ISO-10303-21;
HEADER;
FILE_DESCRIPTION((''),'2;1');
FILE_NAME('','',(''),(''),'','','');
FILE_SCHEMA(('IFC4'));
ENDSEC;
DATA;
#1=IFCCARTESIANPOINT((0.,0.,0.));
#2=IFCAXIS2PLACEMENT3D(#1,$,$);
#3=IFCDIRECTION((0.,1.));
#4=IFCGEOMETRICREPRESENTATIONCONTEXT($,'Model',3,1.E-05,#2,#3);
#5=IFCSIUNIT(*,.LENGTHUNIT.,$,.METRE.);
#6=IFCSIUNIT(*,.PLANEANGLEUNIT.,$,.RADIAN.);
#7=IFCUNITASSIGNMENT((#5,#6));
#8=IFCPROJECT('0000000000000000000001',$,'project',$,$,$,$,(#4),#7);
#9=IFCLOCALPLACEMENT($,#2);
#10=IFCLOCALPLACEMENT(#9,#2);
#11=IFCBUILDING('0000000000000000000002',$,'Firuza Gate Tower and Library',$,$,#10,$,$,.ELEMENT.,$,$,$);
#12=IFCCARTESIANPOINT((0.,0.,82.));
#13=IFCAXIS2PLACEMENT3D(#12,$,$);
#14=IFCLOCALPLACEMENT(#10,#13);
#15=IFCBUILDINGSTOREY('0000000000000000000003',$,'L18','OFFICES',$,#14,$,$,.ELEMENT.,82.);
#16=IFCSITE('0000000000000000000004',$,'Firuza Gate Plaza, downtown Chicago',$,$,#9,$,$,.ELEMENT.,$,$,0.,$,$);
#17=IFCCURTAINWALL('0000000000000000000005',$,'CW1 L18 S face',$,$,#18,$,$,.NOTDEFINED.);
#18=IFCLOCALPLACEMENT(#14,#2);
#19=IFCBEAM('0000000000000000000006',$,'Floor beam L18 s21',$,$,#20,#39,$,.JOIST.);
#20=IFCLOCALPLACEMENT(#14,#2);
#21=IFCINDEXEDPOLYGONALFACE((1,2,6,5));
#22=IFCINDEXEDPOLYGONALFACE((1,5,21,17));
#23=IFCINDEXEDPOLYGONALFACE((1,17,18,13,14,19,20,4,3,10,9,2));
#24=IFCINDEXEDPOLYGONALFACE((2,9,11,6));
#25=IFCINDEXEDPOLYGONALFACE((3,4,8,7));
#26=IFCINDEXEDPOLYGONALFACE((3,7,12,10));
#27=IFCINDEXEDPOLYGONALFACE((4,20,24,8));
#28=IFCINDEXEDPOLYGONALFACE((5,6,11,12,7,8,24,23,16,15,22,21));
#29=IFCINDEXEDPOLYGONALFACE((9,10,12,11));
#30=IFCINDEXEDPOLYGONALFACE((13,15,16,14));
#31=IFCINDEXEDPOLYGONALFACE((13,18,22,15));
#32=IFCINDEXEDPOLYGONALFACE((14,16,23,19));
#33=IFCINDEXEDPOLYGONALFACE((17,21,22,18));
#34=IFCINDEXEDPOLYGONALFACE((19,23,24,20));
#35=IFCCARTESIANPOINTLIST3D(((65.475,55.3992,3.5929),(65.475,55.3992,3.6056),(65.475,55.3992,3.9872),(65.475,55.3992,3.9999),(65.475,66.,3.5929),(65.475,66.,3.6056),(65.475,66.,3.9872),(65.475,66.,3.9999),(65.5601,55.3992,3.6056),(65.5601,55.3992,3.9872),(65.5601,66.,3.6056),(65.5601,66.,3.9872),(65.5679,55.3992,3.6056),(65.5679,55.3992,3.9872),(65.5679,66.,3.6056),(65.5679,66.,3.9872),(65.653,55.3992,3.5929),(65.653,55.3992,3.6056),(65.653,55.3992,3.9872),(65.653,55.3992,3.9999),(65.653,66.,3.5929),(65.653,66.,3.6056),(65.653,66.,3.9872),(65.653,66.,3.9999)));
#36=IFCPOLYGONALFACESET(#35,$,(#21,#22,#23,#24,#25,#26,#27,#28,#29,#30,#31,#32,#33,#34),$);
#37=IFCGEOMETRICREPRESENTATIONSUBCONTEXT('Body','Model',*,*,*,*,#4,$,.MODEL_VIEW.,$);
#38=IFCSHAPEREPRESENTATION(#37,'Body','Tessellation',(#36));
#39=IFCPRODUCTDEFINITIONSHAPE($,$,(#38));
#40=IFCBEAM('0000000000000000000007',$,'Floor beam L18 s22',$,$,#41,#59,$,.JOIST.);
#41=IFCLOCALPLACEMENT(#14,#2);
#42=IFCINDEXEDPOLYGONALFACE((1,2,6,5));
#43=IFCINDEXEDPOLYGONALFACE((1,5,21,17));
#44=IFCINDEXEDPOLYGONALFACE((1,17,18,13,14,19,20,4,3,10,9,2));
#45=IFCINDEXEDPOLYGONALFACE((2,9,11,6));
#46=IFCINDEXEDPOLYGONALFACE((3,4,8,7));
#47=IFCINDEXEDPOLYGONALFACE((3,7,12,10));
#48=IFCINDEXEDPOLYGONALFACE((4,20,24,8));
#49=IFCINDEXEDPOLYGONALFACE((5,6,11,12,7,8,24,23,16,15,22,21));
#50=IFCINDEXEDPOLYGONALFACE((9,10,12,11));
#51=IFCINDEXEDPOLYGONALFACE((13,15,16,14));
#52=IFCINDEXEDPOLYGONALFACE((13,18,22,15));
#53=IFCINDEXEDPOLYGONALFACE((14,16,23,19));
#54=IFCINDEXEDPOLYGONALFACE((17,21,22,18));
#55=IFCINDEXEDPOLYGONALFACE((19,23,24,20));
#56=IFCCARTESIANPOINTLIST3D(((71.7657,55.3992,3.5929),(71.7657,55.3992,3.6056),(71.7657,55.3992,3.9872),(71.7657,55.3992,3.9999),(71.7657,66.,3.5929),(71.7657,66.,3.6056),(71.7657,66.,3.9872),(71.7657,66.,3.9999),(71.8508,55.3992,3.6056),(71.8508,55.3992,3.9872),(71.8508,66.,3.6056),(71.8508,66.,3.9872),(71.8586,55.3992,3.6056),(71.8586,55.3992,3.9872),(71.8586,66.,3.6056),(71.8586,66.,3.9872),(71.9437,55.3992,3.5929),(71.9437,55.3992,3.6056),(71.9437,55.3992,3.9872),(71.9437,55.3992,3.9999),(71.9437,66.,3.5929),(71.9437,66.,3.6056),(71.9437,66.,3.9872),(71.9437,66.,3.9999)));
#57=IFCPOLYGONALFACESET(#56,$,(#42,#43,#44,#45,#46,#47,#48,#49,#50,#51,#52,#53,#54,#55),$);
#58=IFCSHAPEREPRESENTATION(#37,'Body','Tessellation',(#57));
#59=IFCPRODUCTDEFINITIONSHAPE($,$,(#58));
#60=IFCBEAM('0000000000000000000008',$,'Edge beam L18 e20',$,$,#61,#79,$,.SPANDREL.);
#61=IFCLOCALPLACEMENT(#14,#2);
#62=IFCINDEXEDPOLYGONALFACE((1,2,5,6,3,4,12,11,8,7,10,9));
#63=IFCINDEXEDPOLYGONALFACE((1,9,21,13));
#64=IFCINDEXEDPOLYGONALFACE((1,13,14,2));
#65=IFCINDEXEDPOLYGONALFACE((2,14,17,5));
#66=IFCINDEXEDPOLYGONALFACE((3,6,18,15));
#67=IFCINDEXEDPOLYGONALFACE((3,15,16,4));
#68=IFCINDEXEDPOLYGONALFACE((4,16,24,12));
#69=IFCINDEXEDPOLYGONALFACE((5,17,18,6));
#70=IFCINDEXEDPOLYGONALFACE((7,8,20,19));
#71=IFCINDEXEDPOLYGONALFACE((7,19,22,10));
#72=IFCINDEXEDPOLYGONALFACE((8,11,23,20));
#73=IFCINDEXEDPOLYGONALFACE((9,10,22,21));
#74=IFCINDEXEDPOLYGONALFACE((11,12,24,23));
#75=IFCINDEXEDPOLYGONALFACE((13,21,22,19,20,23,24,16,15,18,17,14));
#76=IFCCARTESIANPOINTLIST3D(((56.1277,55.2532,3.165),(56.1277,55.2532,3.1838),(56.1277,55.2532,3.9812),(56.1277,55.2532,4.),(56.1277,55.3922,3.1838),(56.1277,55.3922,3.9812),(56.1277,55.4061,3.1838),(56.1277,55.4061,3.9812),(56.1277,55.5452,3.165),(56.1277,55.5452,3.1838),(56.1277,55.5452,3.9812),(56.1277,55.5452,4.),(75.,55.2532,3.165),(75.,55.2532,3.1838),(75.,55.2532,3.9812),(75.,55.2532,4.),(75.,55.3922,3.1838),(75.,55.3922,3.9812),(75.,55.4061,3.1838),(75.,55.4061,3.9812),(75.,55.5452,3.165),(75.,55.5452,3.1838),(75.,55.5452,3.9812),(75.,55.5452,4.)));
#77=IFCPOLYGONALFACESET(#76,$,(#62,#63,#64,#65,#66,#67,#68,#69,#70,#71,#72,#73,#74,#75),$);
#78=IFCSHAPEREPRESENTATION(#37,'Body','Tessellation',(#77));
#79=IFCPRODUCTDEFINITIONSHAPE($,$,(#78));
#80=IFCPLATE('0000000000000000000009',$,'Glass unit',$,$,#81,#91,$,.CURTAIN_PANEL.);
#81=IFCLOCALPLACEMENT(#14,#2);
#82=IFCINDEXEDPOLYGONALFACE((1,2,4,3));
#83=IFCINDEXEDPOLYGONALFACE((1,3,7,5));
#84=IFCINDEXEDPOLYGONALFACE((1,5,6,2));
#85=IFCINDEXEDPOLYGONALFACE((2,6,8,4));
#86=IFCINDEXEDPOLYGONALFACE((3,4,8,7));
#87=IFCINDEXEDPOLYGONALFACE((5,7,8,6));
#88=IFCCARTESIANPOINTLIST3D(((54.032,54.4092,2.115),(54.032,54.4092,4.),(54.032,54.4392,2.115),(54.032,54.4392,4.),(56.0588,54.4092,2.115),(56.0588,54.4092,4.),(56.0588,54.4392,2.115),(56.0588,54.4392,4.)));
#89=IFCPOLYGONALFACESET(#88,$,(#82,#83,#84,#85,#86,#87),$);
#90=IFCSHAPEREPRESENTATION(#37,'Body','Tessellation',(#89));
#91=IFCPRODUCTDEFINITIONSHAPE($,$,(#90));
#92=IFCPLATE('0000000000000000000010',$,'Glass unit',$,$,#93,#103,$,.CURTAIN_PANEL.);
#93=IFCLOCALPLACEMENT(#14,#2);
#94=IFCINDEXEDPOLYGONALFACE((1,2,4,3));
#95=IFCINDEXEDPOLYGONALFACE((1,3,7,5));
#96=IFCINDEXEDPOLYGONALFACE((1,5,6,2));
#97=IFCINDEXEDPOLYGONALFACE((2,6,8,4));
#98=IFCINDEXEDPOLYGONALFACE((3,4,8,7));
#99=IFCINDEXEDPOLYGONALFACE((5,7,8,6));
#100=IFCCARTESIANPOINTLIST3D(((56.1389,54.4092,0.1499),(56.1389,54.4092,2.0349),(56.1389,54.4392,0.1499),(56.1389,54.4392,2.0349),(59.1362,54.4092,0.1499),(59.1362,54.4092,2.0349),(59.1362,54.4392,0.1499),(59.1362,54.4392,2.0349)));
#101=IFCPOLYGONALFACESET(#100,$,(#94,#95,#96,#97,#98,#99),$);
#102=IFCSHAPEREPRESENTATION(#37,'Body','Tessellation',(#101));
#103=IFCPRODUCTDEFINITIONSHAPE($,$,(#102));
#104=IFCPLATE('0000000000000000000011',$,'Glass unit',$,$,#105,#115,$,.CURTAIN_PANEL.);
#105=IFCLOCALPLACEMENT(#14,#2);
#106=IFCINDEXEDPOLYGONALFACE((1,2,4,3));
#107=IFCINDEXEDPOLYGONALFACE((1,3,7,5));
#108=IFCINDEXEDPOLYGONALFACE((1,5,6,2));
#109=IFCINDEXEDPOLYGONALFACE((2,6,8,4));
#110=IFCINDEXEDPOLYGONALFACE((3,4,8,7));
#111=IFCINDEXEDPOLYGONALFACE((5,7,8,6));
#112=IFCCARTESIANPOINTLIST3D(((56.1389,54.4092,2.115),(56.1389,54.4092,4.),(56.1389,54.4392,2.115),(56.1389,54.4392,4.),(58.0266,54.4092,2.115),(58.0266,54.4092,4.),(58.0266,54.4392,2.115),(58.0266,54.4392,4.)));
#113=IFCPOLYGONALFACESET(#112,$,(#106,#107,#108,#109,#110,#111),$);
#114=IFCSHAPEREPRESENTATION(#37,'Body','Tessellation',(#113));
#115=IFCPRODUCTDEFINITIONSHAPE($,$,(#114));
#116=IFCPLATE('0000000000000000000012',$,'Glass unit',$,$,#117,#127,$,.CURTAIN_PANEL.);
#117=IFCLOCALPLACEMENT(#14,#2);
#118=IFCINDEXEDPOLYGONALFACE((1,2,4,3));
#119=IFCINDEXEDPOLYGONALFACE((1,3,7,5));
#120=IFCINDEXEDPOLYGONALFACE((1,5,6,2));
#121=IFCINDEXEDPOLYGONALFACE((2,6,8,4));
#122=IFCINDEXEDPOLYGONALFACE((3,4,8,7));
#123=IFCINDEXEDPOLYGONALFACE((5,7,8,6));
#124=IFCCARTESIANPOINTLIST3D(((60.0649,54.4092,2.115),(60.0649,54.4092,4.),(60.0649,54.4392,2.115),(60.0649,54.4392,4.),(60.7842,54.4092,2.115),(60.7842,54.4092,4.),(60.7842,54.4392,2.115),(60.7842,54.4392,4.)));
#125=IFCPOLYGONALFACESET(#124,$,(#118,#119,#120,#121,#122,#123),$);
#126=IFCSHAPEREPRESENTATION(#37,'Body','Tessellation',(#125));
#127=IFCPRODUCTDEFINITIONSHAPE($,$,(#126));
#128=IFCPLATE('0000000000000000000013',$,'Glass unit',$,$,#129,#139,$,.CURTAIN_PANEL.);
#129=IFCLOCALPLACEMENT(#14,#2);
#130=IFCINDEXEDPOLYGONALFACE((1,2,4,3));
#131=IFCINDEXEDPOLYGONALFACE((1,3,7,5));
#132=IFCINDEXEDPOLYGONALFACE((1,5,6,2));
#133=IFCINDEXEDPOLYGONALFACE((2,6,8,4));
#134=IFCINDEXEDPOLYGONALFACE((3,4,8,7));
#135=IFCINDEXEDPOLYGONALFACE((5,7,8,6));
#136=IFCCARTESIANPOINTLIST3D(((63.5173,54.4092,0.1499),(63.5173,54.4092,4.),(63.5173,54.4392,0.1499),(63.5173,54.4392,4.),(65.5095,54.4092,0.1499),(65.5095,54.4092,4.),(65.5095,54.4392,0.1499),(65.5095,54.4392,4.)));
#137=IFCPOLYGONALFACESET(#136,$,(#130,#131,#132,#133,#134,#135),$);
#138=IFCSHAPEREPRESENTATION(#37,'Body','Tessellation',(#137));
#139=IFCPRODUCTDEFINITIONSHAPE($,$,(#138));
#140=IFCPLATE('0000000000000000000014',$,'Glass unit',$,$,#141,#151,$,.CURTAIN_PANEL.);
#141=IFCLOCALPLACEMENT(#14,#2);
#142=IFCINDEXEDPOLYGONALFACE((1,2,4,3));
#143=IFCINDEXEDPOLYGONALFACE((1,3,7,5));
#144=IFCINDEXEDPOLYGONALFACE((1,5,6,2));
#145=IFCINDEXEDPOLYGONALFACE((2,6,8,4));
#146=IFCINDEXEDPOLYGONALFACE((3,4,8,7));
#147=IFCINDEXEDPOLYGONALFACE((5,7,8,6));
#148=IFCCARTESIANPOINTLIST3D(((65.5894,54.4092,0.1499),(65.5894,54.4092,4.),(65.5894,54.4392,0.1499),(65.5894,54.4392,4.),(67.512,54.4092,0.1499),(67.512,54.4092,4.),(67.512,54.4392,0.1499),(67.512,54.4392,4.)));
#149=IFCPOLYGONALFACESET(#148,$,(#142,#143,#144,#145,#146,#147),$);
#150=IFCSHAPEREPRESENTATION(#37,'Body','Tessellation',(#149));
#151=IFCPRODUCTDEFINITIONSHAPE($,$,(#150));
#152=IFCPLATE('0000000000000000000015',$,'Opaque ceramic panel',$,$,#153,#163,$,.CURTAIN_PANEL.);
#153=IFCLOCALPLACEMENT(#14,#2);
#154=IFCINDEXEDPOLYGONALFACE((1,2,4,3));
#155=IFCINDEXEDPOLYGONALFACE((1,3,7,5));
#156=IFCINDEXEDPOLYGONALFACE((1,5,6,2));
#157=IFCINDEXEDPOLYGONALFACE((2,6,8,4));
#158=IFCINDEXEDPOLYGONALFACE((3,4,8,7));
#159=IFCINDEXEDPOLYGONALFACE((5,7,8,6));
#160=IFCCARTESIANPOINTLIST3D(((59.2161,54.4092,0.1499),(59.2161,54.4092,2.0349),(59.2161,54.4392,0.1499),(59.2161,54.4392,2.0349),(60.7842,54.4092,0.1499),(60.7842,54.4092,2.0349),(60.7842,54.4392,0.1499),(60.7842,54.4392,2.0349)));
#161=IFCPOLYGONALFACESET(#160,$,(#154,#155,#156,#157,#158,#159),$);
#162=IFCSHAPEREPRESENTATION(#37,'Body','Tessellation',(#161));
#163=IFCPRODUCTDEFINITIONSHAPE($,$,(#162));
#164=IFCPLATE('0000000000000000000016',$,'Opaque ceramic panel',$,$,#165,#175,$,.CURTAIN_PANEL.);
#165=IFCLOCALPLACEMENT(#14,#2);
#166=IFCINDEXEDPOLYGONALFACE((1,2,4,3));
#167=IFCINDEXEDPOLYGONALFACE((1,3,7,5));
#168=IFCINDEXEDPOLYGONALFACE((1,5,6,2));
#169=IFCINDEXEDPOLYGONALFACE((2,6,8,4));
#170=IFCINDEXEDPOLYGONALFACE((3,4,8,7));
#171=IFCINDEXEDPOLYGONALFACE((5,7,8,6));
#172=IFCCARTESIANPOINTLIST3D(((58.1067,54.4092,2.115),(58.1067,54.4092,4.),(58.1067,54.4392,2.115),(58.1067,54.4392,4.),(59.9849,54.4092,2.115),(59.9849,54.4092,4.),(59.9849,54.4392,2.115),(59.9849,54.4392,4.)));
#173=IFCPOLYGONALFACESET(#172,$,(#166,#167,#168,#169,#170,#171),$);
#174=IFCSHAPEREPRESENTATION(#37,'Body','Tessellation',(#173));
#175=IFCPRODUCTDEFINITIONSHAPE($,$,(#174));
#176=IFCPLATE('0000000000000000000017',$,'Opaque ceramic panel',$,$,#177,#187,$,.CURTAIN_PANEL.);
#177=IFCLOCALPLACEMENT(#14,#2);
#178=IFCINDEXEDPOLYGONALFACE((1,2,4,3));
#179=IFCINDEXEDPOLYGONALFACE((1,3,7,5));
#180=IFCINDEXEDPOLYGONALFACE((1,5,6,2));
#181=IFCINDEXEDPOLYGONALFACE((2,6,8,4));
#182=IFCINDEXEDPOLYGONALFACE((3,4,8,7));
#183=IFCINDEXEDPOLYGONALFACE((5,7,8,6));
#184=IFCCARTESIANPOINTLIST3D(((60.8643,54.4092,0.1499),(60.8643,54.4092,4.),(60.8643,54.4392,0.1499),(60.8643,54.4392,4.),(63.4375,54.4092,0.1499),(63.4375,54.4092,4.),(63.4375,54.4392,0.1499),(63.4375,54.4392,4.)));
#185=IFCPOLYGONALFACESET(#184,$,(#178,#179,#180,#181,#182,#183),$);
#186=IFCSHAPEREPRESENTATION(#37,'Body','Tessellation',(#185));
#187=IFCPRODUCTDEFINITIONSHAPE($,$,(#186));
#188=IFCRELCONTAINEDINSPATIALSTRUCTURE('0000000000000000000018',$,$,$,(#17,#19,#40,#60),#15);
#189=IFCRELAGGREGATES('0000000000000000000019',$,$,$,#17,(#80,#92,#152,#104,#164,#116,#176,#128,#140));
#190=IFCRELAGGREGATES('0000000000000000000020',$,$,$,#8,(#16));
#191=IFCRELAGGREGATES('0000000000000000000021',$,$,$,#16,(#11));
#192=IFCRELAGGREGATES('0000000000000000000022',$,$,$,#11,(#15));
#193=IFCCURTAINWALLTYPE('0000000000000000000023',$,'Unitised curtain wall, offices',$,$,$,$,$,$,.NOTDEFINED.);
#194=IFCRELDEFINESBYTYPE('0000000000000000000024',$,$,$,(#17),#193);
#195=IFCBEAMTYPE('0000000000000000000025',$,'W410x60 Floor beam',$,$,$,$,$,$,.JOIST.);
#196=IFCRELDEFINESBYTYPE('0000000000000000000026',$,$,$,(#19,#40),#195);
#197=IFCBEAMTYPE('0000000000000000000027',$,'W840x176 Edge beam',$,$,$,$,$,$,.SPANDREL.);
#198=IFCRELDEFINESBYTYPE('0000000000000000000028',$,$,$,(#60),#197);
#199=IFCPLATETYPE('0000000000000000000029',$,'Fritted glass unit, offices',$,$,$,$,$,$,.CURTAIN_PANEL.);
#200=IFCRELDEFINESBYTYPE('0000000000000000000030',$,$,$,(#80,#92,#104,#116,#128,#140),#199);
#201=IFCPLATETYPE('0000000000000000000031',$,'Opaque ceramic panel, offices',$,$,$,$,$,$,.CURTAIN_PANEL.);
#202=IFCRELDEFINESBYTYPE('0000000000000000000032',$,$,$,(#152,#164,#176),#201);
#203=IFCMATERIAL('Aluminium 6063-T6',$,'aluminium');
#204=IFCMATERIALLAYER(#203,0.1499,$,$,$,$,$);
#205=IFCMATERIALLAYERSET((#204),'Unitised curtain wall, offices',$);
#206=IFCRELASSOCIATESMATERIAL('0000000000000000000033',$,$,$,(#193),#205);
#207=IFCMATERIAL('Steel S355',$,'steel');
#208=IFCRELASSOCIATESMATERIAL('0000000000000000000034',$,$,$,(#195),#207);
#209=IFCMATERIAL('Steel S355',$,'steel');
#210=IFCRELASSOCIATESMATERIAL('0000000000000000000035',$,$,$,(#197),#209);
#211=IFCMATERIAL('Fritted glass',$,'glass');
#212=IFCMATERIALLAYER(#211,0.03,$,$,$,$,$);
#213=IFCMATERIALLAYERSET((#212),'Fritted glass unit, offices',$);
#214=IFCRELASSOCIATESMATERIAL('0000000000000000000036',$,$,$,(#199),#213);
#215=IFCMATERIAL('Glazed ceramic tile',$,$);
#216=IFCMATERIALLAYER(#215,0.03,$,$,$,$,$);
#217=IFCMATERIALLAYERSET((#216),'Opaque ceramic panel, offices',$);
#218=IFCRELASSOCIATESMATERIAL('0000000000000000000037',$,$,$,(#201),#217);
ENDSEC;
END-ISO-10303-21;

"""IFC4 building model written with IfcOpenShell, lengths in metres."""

from ifc_helpers import new_model, si_unit, direction, frame, origin, origin_2d, place, context, subcontext, project, spatial, polyline, i_section, outline, extrude, material, layer, layer_set, material_profile, profile_set, type_object, element, aggregate, save


model = new_model("IFC4")

# Units and contexts
model_context = context("Model", 3, precision=1e-05, world=origin(), true_north=direction((0.0, 1.0)))
body_context = subcontext(model_context, "Body", "Model", "MODEL_VIEW")
ifc_project = project(units=[si_unit("LENGTHUNIT", "METRE"), si_unit("PLANEANGLEUNIT", "RADIAN")], contexts=[model_context])

# Site, building, storey
site_placement = place(None, origin())
site = spatial("IfcSite", under=ifc_project, at=site_placement, Name="Firuza Gate Plaza, downtown Chicago", CompositionType="ELEMENT", RefElevation=0.0)
building_placement = place(site_placement, origin())
building = spatial("IfcBuilding", under=site, at=building_placement, Name="Firuza Gate Tower and Library", CompositionType="ELEMENT")
storey_placement = place(building_placement, frame((0.0, 0.0, 82.0)))
storey = spatial("IfcBuildingStorey", under=building, at=storey_placement, Name="L18", Description="OFFICES", CompositionType="ELEMENT", Elevation=82.0)

# Curtain wall
ifc_material_1 = material(Name="Aluminium 6063-T6", Category="aluminium")
ifc_layer_1 = layer(ifc_material_1, 0.1499)
ifc_layer_set_1 = layer_set([ifc_layer_1], Name="Unitised curtain wall, offices")
curtain_wall_type = type_object("IfcCurtainWallType", Name="Unitised curtain wall, offices", PredefinedType="NOTDEFINED", material=ifc_layer_set_1)
curtain_wall_placement = place(storey_placement, origin())
curtain_wall = element("IfcCurtainWall", 1, at=curtain_wall_placement, inside=storey, type_object=curtain_wall_type, Name="CW1 L18 S face", PredefinedType="NOTDEFINED")

# Beams
ifc_material_2 = material(Name="Steel S355", Category="steel")
ifc_material_profile_1 = material_profile(ifc_material_2, i_section(OverallWidth=0.178, OverallDepth=0.407, WebThickness=0.0078, FlangeThickness=0.0127, at=origin_2d()))
ifc_profile_set_1 = profile_set([ifc_material_profile_1], Name="Steel S355")
beam_type_1 = type_object("IfcBeamType", Name="W410x60 Floor beam", PredefinedType="JOIST", material=ifc_profile_set_1)
for number, where, z_axis, x_axis, name in (
    (2, (65.564, 55.3992, 3.7964), (0.0, 1.0, 0.0), (-1.0, 0.0, 0.0), "Floor beam L18 s21"),
    (3, (71.8547, 55.3992, 3.7964), (0.0, 1.0, 0.0), (-1.0, 0.0, 0.0), "Floor beam L18 s22"),
):
    element("IfcBeam", number, at=place(storey_placement, frame(where, z_axis=z_axis, x_axis=x_axis)), inside=storey, type_object=beam_type_1, Name=name, PredefinedType="JOIST", context=body_context, shape_type="SweptSolid", body=[
        extrude(i_section(OverallWidth=0.178, OverallDepth=0.407, WebThickness=0.0078, FlangeThickness=0.0127, at=origin_2d()), origin(), (0.0, 0.0, 1.0), 10.6008),
    ])
ifc_material_3 = material(Name="Steel S355", Category="steel")
ifc_material_profile_2 = material_profile(ifc_material_3, i_section(OverallWidth=0.292, OverallDepth=0.835, WebThickness=0.0139, FlangeThickness=0.0188, at=origin_2d()))
ifc_profile_set_2 = profile_set([ifc_material_profile_2], Name="Steel S355")
beam_type_2 = type_object("IfcBeamType", Name="W840x176 Edge beam", PredefinedType="SPANDREL", material=ifc_profile_set_2)
beam_1_placement = place(storey_placement, frame((56.1277, 55.3992, 3.5825), z_axis=(1.0, 0.0, 0.0), x_axis=(0.0, 1.0, 0.0)))
element("IfcBeam", 4, at=beam_1_placement, inside=storey, type_object=beam_type_2, Name="Edge beam L18 e20", PredefinedType="SPANDREL", context=body_context, shape_type="SweptSolid", body=[
    extrude(i_section(OverallWidth=0.292, OverallDepth=0.835, WebThickness=0.0139, FlangeThickness=0.0188, at=origin_2d()), origin(), (0.0, 0.0, 1.0), 18.8723),
])

# Plates
ifc_material_4 = material(Name="Fritted glass", Category="glass")
ifc_layer_2 = layer(ifc_material_4, 0.03)
ifc_layer_set_2 = layer_set([ifc_layer_2], Name="Fritted glass unit, offices")
plate_type_1 = type_object("IfcPlateType", Name="Fritted glass unit, offices", PredefinedType="CURTAIN_PANEL", material=ifc_layer_set_2)
plate_1_placement = place(storey_placement, frame((54.032, 54.4092, 2.115), z_axis=(0.0, -1.0, 0.0), x_axis=(1.0, 0.0, 0.0)))
plate_1 = element("IfcPlate", 5, at=plate_1_placement, type_object=plate_type_1, Name="Glass unit", PredefinedType="CURTAIN_PANEL", context=body_context, shape_type="SweptSolid", body=[
    extrude(outline(polyline([(0.0, 0.0), (2.0269, 0.0), (2.0269, 1.885), (0.0, 1.885), (0.0, 0.0)])), origin(), (0.0, 0.0, -1.0), 0.03),
])
plate_2_placement = place(storey_placement, frame((56.1389, 54.4092, 0.1499), z_axis=(0.0, -1.0, 0.0), x_axis=(1.0, 0.0, 0.0)))
plate_2 = element("IfcPlate", 6, at=plate_2_placement, type_object=plate_type_1, Name="Glass unit", PredefinedType="CURTAIN_PANEL", context=body_context, shape_type="SweptSolid", body=[
    extrude(outline(polyline([(0.0, 0.0), (2.9973, 0.0), (2.9973, 1.885), (0.0, 1.885), (0.0, 0.0)])), origin(), (0.0, 0.0, -1.0), 0.03),
])
plate_3_placement = place(storey_placement, frame((56.1389, 54.4092, 2.115), z_axis=(0.0, -1.0, 0.0), x_axis=(1.0, 0.0, 0.0)))
plate_3 = element("IfcPlate", 7, at=plate_3_placement, type_object=plate_type_1, Name="Glass unit", PredefinedType="CURTAIN_PANEL", context=body_context, shape_type="SweptSolid", body=[
    extrude(outline(polyline([(0.0, 0.0), (1.8877, 0.0), (1.8877, 1.885), (0.0, 1.885), (0.0, 0.0)])), origin(), (0.0, 0.0, -1.0), 0.03),
])
plate_4_placement = place(storey_placement, frame((60.0649, 54.4092, 2.115), z_axis=(0.0, -1.0, 0.0), x_axis=(1.0, 0.0, 0.0)))
plate_4 = element("IfcPlate", 8, at=plate_4_placement, type_object=plate_type_1, Name="Glass unit", PredefinedType="CURTAIN_PANEL", context=body_context, shape_type="SweptSolid", body=[
    extrude(outline(polyline([(0.0, 0.0), (0.7192, 0.0), (0.7192, 1.885), (0.0, 1.885), (0.0, 0.0)])), origin(), (0.0, 0.0, -1.0), 0.03),
])
plate_5_placement = place(storey_placement, frame((63.5173, 54.4092, 0.1499), z_axis=(0.0, -1.0, 0.0), x_axis=(1.0, 0.0, 0.0)))
plate_5 = element("IfcPlate", 9, at=plate_5_placement, type_object=plate_type_1, Name="Glass unit", PredefinedType="CURTAIN_PANEL", context=body_context, shape_type="SweptSolid", body=[
    extrude(outline(polyline([(0.0, 0.0), (1.9922, 0.0), (1.9922, 3.8501), (0.0, 3.8501), (0.0, 0.0)])), origin(), (0.0, 0.0, -1.0), 0.03),
])
plate_6_placement = place(storey_placement, frame((65.5894, 54.4092, 0.1499), z_axis=(0.0, -1.0, 0.0), x_axis=(1.0, 0.0, 0.0)))
plate_6 = element("IfcPlate", 10, at=plate_6_placement, type_object=plate_type_1, Name="Glass unit", PredefinedType="CURTAIN_PANEL", context=body_context, shape_type="SweptSolid", body=[
    extrude(outline(polyline([(0.0, 0.0), (1.9226, 0.0), (1.9226, 3.8501), (0.0, 3.8501), (0.0, 0.0)])), origin(), (0.0, 0.0, -1.0), 0.03),
])
ifc_material_5 = material(Name="Glazed ceramic tile")
ifc_layer_3 = layer(ifc_material_5, 0.03)
ifc_layer_set_3 = layer_set([ifc_layer_3], Name="Opaque ceramic panel, offices")
plate_type_2 = type_object("IfcPlateType", Name="Opaque ceramic panel, offices", PredefinedType="CURTAIN_PANEL", material=ifc_layer_set_3)
plate_7_placement = place(storey_placement, frame((59.2161, 54.4092, 0.1499), z_axis=(0.0, -1.0, 0.0), x_axis=(1.0, 0.0, 0.0)))
plate_7 = element("IfcPlate", 11, at=plate_7_placement, type_object=plate_type_2, Name="Opaque ceramic panel", PredefinedType="CURTAIN_PANEL", context=body_context, shape_type="SweptSolid", body=[
    extrude(outline(polyline([(0.0, 0.0), (1.5681, 0.0), (1.5681, 1.885), (0.0, 1.885), (0.0, 0.0)])), origin(), (0.0, 0.0, -1.0), 0.03),
])
plate_8_placement = place(storey_placement, frame((58.1067, 54.4092, 2.115), z_axis=(0.0, -1.0, 0.0), x_axis=(1.0, 0.0, 0.0)))
plate_8 = element("IfcPlate", 12, at=plate_8_placement, type_object=plate_type_2, Name="Opaque ceramic panel", PredefinedType="CURTAIN_PANEL", context=body_context, shape_type="SweptSolid", body=[
    extrude(outline(polyline([(0.0, 0.0), (1.8782, 0.0), (1.8782, 1.885), (0.0, 1.885), (0.0, 0.0)])), origin(), (0.0, 0.0, -1.0), 0.03),
])
plate_9_placement = place(storey_placement, frame((60.8643, 54.4092, 0.1499), z_axis=(0.0, -1.0, 0.0), x_axis=(1.0, 0.0, 0.0)))
plate_9 = element("IfcPlate", 13, at=plate_9_placement, type_object=plate_type_2, Name="Opaque ceramic panel", PredefinedType="CURTAIN_PANEL", context=body_context, shape_type="SweptSolid", body=[
    extrude(outline(polyline([(0.0, 0.0), (2.5732, 0.0), (2.5732, 3.8501), (0.0, 3.8501), (0.0, 0.0)])), origin(), (0.0, 0.0, -1.0), 0.03),
])
aggregate(curtain_wall, [plate_1, plate_2, plate_7, plate_3, plate_8, plate_4, plate_9, plate_5, plate_6])

save(model, "model.ifc")
